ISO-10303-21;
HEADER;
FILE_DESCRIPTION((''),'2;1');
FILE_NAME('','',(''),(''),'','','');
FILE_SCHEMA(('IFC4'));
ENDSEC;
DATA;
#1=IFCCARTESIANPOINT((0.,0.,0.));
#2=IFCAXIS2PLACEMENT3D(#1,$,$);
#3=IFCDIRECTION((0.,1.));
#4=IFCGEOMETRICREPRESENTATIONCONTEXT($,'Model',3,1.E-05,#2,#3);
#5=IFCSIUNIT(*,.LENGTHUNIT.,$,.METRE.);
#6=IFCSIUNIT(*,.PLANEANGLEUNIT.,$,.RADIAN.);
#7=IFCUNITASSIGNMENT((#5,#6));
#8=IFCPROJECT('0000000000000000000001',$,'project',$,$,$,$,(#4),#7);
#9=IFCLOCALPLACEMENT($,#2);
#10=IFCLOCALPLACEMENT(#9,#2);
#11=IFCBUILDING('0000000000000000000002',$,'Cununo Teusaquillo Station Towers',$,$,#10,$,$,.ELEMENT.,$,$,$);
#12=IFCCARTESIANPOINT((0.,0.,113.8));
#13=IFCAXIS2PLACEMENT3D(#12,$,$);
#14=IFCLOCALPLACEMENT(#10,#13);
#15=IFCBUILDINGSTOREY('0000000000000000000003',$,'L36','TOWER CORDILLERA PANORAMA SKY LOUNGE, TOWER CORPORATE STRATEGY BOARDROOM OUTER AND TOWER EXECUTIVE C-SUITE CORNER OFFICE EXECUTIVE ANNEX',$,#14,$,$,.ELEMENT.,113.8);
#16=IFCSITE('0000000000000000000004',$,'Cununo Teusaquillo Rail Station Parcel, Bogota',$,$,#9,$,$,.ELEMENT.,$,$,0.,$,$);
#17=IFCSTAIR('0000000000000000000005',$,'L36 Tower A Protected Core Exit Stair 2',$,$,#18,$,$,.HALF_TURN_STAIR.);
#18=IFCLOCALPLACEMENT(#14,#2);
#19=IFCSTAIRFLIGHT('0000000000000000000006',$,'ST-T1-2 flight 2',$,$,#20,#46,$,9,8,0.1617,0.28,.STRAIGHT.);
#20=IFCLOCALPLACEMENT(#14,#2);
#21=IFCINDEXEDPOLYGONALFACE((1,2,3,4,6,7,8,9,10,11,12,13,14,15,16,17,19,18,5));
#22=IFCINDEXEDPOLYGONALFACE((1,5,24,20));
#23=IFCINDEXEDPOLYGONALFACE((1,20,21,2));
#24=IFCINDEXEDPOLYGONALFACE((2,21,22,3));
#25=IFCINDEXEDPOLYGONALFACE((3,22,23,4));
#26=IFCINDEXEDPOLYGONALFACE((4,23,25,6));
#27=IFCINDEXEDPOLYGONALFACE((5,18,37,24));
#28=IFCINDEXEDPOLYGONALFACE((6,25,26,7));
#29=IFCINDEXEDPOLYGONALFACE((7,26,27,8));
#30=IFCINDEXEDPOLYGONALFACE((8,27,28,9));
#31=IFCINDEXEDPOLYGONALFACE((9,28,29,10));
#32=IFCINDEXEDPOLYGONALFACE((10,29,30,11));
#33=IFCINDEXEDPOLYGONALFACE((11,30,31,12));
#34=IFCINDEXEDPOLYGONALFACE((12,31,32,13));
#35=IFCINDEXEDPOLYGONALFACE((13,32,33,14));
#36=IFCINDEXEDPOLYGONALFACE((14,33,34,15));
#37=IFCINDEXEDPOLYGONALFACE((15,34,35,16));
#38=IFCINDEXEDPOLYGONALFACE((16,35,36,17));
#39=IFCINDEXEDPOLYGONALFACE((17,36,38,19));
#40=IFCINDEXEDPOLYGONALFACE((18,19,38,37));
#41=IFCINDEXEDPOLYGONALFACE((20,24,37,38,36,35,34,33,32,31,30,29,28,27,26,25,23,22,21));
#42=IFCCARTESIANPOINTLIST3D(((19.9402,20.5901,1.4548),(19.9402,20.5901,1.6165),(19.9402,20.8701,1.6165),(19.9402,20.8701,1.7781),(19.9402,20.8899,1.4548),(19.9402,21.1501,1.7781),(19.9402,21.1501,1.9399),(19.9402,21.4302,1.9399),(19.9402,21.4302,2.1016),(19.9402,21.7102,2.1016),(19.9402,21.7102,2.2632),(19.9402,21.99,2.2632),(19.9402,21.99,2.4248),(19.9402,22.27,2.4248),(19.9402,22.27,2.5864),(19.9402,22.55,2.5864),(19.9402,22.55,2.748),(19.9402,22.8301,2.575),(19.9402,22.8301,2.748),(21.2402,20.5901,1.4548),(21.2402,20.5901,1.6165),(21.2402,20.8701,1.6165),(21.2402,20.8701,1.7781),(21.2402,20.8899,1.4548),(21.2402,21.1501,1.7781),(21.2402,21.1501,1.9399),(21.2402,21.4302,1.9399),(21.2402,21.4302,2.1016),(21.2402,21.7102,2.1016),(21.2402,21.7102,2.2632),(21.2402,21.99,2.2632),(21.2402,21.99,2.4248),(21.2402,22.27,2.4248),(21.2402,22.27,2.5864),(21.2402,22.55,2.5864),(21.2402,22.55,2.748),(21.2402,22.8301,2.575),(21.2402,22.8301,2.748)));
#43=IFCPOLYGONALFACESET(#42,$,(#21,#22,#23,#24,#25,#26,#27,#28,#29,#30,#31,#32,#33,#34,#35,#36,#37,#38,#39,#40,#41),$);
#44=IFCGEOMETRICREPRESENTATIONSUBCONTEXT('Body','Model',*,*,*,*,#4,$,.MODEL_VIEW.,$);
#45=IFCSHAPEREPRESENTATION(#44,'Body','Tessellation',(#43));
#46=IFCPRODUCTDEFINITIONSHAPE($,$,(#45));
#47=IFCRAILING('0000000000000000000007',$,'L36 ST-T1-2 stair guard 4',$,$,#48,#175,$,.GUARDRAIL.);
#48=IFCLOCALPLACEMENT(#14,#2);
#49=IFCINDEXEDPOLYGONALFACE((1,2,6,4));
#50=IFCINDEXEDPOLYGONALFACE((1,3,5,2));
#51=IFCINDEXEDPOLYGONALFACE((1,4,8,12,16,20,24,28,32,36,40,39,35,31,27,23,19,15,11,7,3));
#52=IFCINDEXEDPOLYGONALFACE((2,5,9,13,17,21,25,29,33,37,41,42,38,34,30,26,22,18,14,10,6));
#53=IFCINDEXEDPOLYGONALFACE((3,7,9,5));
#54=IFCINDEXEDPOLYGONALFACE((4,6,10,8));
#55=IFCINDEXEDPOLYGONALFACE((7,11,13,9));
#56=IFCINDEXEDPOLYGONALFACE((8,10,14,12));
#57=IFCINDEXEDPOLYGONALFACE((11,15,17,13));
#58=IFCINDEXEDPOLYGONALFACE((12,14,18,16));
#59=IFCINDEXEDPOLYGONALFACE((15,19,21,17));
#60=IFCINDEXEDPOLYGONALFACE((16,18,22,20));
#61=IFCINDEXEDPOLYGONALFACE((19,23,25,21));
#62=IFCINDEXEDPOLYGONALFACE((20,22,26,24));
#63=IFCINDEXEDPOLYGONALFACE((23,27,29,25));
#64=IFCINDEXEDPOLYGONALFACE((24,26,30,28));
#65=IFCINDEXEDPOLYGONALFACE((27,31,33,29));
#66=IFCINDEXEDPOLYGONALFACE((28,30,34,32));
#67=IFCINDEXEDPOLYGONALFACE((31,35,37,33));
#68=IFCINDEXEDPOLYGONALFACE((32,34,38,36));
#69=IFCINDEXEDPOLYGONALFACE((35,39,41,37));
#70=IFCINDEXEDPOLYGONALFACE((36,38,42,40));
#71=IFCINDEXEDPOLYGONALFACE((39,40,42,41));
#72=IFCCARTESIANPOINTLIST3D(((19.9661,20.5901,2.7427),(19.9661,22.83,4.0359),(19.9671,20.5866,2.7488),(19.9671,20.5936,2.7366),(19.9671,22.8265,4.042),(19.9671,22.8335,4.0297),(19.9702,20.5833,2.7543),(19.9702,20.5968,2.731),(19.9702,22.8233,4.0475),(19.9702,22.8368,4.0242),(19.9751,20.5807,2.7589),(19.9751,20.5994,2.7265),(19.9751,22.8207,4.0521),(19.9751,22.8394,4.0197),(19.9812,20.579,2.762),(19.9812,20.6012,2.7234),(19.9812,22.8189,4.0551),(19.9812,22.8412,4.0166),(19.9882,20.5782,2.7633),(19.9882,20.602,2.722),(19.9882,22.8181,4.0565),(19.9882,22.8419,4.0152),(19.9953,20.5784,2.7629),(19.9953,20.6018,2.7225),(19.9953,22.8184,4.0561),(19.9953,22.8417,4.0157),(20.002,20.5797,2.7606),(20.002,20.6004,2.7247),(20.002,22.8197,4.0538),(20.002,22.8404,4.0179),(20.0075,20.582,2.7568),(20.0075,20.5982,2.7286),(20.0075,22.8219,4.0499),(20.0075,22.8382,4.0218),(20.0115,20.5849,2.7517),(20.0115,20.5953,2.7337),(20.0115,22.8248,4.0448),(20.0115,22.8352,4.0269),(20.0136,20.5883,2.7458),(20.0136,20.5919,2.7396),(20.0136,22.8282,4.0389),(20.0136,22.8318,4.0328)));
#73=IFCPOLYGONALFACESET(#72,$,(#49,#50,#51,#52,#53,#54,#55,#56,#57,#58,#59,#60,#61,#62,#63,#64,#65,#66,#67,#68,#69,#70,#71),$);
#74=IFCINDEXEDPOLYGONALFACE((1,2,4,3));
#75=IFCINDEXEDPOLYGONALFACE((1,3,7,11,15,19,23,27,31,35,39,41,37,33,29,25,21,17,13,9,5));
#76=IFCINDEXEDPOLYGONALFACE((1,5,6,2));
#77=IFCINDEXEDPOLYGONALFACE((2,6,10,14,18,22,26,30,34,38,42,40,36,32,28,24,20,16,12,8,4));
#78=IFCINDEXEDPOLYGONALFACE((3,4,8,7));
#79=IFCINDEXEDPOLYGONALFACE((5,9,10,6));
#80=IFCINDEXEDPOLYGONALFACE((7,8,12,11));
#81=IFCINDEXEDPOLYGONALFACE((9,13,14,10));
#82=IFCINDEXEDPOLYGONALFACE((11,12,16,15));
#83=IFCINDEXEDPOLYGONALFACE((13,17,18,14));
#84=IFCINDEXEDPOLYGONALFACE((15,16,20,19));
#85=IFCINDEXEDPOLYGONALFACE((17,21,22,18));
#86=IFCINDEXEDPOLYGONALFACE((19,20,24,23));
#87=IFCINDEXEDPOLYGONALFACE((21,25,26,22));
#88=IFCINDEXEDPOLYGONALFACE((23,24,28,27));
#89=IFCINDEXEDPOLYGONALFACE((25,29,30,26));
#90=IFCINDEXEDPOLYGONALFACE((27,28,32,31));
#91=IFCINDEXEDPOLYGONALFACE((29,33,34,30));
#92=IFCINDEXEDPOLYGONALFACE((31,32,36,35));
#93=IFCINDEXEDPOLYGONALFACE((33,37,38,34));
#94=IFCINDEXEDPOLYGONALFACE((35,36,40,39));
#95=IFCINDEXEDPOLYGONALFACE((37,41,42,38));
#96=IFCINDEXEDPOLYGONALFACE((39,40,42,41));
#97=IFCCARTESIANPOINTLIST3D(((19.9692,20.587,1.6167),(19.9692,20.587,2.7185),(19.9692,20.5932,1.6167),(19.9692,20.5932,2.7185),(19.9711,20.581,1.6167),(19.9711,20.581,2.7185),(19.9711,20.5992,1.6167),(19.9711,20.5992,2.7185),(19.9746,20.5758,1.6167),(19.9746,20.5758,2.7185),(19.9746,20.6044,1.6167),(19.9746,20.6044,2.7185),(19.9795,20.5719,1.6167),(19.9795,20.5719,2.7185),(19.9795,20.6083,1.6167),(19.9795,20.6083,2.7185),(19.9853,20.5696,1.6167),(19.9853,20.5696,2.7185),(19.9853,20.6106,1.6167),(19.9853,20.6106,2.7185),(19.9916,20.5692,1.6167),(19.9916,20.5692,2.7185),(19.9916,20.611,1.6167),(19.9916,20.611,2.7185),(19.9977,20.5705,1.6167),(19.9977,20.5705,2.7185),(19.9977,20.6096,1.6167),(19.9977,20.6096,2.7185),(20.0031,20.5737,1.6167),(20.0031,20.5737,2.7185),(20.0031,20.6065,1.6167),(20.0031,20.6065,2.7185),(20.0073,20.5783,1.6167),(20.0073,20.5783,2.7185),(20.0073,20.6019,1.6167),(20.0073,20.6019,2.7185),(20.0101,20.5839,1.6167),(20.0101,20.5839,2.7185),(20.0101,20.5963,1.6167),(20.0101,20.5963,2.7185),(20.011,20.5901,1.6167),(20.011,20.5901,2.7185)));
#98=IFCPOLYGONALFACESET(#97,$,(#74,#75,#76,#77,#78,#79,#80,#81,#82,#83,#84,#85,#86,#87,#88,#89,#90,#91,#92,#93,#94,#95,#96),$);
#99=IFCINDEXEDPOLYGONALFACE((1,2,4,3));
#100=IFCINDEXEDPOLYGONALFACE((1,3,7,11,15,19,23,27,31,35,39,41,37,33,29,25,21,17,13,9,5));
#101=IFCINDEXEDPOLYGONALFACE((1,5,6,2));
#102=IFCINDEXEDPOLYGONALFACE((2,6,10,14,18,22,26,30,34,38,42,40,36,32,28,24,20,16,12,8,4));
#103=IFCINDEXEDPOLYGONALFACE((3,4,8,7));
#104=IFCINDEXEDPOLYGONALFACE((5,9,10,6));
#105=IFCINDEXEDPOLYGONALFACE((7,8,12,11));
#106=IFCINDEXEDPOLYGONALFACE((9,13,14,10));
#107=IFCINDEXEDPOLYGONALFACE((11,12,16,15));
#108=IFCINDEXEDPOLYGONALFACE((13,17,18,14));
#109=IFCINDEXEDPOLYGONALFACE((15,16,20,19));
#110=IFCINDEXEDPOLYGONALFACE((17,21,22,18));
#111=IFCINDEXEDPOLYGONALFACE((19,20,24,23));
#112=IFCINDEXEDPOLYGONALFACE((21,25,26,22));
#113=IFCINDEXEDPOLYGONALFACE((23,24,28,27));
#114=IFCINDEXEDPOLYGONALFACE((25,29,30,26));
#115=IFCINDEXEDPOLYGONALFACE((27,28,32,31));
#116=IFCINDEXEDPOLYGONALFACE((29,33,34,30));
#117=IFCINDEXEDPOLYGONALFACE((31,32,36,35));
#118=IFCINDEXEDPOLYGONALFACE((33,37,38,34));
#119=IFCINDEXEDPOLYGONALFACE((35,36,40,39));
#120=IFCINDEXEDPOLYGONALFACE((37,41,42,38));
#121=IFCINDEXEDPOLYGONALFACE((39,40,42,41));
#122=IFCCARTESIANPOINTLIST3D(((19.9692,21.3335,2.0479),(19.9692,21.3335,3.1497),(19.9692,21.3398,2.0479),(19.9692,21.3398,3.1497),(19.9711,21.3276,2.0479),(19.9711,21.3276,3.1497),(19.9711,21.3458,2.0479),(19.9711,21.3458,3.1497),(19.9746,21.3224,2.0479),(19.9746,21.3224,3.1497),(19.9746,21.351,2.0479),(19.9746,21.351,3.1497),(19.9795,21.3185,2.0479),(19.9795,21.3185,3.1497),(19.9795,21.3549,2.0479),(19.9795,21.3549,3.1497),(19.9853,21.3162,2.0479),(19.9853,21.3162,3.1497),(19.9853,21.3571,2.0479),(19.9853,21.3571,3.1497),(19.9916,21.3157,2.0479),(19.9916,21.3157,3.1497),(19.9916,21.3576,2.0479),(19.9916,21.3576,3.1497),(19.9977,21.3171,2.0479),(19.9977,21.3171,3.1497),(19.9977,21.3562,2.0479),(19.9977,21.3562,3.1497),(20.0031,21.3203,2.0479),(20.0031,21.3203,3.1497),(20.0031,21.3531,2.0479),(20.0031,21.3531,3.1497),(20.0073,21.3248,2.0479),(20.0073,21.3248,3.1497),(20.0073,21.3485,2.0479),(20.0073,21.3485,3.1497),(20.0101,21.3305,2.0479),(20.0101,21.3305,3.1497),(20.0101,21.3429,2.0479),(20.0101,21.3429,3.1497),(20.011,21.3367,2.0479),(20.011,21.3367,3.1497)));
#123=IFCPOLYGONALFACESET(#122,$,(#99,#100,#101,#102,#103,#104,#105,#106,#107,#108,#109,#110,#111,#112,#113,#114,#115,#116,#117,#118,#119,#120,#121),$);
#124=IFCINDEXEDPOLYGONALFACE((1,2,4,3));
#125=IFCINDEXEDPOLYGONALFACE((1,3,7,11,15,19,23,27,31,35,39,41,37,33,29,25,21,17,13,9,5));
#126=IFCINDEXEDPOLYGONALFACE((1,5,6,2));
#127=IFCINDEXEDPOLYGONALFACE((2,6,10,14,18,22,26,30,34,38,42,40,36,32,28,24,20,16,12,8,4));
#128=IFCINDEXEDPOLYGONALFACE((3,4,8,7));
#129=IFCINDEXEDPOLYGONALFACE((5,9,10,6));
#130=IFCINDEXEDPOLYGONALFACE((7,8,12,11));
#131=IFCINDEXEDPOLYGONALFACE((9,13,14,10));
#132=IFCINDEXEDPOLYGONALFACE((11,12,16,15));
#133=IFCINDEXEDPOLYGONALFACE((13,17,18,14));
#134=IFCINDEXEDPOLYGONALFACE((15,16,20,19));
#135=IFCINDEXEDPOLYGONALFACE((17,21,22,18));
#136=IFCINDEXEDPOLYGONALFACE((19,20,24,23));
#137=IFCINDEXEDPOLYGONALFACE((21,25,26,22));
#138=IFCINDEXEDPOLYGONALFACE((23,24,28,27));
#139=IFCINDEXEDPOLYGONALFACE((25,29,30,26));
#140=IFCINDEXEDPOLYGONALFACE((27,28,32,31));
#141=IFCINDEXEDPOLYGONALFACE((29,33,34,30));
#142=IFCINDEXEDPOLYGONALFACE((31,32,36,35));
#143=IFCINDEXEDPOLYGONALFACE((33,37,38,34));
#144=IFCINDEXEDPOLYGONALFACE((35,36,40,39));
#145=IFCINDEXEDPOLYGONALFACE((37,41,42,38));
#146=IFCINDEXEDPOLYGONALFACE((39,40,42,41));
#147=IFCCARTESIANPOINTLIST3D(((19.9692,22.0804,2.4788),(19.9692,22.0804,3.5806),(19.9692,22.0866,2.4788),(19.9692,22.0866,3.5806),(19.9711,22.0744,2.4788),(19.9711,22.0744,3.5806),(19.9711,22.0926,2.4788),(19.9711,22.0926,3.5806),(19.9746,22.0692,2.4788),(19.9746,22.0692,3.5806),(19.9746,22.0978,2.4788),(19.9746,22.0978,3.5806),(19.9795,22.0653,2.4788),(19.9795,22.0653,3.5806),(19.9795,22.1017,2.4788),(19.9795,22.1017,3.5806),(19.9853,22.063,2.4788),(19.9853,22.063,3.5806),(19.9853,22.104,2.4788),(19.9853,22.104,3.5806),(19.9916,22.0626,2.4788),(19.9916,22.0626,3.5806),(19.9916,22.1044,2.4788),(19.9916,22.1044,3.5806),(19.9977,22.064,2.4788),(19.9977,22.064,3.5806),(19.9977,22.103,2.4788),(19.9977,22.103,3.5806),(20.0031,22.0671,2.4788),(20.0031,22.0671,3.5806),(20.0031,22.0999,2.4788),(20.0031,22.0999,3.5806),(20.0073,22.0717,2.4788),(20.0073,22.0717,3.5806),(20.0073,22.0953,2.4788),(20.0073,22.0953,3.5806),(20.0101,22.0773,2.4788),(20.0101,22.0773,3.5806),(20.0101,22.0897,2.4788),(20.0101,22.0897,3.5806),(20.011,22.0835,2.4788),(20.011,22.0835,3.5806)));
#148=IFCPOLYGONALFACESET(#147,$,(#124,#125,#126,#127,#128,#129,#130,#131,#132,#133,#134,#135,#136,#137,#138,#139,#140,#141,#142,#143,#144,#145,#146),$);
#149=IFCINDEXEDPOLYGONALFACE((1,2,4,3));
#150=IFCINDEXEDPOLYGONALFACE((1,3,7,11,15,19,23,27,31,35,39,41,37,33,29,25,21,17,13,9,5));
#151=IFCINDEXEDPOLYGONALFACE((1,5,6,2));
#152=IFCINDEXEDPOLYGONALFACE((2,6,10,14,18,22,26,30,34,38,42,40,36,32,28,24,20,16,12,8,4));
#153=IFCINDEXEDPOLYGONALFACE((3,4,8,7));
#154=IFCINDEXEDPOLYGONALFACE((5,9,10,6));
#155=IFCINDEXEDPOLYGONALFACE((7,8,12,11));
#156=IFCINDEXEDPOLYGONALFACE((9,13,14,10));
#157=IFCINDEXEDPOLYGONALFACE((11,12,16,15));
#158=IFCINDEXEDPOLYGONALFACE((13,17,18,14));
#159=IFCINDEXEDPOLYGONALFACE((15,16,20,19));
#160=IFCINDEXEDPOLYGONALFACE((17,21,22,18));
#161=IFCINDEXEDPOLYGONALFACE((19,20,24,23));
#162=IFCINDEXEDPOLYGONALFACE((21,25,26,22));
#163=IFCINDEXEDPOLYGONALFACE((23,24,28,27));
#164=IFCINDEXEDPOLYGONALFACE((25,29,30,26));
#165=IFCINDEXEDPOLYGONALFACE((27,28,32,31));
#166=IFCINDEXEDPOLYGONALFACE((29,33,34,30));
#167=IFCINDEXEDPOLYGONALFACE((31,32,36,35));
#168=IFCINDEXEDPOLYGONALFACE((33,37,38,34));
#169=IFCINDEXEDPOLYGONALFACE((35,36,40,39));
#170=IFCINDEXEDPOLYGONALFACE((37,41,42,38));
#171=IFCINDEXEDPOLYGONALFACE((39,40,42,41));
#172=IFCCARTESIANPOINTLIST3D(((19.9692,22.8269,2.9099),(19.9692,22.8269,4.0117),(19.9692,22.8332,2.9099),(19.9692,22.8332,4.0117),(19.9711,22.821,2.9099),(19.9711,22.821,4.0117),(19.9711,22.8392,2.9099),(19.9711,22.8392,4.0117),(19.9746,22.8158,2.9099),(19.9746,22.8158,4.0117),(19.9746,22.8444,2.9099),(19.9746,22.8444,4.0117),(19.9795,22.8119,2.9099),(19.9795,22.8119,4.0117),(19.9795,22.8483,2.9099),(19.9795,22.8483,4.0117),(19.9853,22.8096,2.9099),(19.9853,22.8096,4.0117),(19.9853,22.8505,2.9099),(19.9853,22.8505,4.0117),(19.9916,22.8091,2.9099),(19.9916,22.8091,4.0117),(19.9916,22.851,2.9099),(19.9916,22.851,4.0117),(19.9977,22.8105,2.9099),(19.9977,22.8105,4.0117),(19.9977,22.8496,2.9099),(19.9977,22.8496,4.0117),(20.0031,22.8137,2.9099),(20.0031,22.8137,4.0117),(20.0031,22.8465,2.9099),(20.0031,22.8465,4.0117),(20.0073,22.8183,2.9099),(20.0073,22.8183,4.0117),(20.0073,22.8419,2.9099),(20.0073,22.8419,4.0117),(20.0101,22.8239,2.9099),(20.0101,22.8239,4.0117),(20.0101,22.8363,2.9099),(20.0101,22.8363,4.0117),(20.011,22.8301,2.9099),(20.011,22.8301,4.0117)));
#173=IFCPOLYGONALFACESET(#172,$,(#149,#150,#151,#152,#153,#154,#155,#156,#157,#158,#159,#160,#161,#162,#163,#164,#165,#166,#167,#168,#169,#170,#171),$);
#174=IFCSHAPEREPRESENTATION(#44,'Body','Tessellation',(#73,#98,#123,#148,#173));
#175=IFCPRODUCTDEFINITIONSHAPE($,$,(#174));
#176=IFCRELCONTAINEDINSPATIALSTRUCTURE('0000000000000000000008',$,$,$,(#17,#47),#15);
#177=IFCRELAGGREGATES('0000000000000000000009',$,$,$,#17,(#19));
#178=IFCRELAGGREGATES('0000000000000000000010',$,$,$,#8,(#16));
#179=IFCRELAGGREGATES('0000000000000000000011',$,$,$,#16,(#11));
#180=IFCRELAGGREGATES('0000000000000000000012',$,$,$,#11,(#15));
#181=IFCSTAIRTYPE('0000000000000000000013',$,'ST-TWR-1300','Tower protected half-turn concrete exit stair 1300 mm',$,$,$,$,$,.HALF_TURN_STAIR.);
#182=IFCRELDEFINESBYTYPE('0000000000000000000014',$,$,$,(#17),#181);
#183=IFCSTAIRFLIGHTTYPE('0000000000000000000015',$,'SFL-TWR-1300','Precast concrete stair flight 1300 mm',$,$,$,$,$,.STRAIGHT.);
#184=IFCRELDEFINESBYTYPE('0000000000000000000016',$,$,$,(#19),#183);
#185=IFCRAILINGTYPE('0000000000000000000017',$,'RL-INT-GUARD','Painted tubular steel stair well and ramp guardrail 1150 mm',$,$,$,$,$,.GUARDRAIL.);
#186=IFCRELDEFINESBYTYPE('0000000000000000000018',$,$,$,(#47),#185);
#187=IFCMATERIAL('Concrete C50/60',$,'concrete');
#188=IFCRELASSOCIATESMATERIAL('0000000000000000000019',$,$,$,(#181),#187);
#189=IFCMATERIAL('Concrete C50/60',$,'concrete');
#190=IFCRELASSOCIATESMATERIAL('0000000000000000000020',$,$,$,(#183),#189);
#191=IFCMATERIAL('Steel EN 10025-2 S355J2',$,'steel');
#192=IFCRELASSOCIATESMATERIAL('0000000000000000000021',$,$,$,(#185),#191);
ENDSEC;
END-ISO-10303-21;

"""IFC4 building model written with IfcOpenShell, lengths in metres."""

from ifc_helpers import new_model, si_unit, direction, frame, origin, origin_2d, place, context, subcontext, project, spatial, polyline, circle, outline, extrude, material, type_object, element, aggregate, save


model = new_model("IFC4")

# Units and contexts
model_context = context("Model", 3, precision=1e-05, world=origin(), true_north=direction((0.0, 1.0)))
body_context = subcontext(model_context, "Body", "Model", "MODEL_VIEW")
ifc_project = project(units=[si_unit("LENGTHUNIT", "METRE"), si_unit("PLANEANGLEUNIT", "RADIAN")], contexts=[model_context])

# Site, building, storey
site_placement = place(None, origin())
site = spatial("IfcSite", under=ifc_project, at=site_placement, Name="Cununo Teusaquillo Rail Station Parcel, Bogota", CompositionType="ELEMENT", RefElevation=0.0)
building_placement = place(site_placement, origin())
building = spatial("IfcBuilding", under=site, at=building_placement, Name="Cununo Teusaquillo Station Towers", CompositionType="ELEMENT")
storey_placement = place(building_placement, frame((0.0, 0.0, 113.8)))
storey = spatial("IfcBuildingStorey", under=building, at=storey_placement, Name="L36", Description="TOWER CORDILLERA PANORAMA SKY LOUNGE, TOWER CORPORATE STRATEGY BOARDROOM OUTER AND TOWER EXECUTIVE C-SUITE CORNER OFFICE EXECUTIVE ANNEX", CompositionType="ELEMENT", Elevation=113.8)

# Stair, stair flight
ifc_material_1 = material(Name="Concrete C50/60", Category="concrete")
stair_type = type_object("IfcStairType", Name="ST-TWR-1300", Description="Tower protected half-turn concrete exit stair 1300 mm", PredefinedType="HALF_TURN_STAIR", material=ifc_material_1)
stair_placement = place(storey_placement, origin())
stair = element("IfcStair", 1, at=stair_placement, inside=storey, type_object=stair_type, Name="L36 Tower A Protected Core Exit Stair 2", PredefinedType="HALF_TURN_STAIR")
ifc_material_2 = material(Name="Concrete C50/60", Category="concrete")
stair_flight_type = type_object("IfcStairFlightType", Name="SFL-TWR-1300", Description="Precast concrete stair flight 1300 mm", PredefinedType="STRAIGHT", material=ifc_material_2)
stair_flight_placement = place(storey_placement, frame((20.5901, 20.5901, 1.4548), z_axis=(0.0, 0.0, 1.0), x_axis=(0.0, 1.0, 0.0)))
stair_flight = element("IfcStairFlight", 2, at=stair_flight_placement, type_object=stair_flight_type, Name="ST-T1-2 flight 2", NumberOfRisers=9, NumberOfTreads=8, PredefinedType="STRAIGHT", RiserHeight=0.1617, TreadLength=0.28, context=body_context, shape_type="SweptSolid", body=[
    extrude(outline(polyline([(0.0, 0.0), (0.0, 0.1616), (0.28, 0.1616), (0.28, 0.3232), (0.5601, 0.3232), (0.5601, 0.4851), (0.8401, 0.4851), (0.8401, 0.6467), (1.1201, 0.6467), (1.1201, 0.8083), (1.3999, 0.8083), (1.3999, 0.97), (1.6799, 0.97), (1.6799, 1.1316), (1.96, 1.1316), (1.96, 1.2932), (2.24, 1.2932), (2.24, 1.4551), (2.24, 1.1201), (0.2998, 0.0), (0.0, 0.0)])), frame((0.0, 0.6499, 0.0), z_axis=(0.0, -1.0, 0.0), x_axis=(1.0, 0.0, 0.0)), (0.0, 0.0, 1.0), 1.3),
])
aggregate(stair, [stair_flight])

# Railing
ifc_material_3 = material(Name="Steel EN 10025-2 S355J2", Category="steel")
railing_type_1 = type_object("IfcRailingType", Name="RL-INT-GUARD", Description="Painted tubular steel stair well and ramp guardrail 1150 mm", PredefinedType="GUARDRAIL", material=ifc_material_3)
railing_1_placement = place(storey_placement, frame((19.99, 20.5901, 1.6167)))
element("IfcRailing", 3, at=railing_1_placement, inside=storey, type_object=railing_type_1, Name="L36 ST-T1-2 stair guard 4", PredefinedType="GUARDRAIL", context=body_context, shape_type="SweptSolid", body=[
    extrude(circle(Radius=0.0239, at=origin_2d()), frame((0.0, 0.0, 1.126), z_axis=(0.0, 0.866033, 0.499987), x_axis=(-1.0, 0.0, 0.0)), (0.0, 0.0, 1.0), 2.5864),
    extrude(circle(Radius=0.021, at=origin_2d()), origin(), (0.0, 0.0, 1.0), 1.1018),
    extrude(circle(Radius=0.021, at=origin_2d()), frame((0.0, 0.7466, 0.4312)), (0.0, 0.0, 1.0), 1.1018),
    extrude(circle(Radius=0.021, at=origin_2d()), frame((0.0, 1.4934, 0.8621)), (0.0, 0.0, 1.0), 1.1018),
    extrude(circle(Radius=0.021, at=origin_2d()), frame((0.0, 2.24, 1.2932)), (0.0, 0.0, 1.0), 1.1018),
])

save(model, "model.ifc")
